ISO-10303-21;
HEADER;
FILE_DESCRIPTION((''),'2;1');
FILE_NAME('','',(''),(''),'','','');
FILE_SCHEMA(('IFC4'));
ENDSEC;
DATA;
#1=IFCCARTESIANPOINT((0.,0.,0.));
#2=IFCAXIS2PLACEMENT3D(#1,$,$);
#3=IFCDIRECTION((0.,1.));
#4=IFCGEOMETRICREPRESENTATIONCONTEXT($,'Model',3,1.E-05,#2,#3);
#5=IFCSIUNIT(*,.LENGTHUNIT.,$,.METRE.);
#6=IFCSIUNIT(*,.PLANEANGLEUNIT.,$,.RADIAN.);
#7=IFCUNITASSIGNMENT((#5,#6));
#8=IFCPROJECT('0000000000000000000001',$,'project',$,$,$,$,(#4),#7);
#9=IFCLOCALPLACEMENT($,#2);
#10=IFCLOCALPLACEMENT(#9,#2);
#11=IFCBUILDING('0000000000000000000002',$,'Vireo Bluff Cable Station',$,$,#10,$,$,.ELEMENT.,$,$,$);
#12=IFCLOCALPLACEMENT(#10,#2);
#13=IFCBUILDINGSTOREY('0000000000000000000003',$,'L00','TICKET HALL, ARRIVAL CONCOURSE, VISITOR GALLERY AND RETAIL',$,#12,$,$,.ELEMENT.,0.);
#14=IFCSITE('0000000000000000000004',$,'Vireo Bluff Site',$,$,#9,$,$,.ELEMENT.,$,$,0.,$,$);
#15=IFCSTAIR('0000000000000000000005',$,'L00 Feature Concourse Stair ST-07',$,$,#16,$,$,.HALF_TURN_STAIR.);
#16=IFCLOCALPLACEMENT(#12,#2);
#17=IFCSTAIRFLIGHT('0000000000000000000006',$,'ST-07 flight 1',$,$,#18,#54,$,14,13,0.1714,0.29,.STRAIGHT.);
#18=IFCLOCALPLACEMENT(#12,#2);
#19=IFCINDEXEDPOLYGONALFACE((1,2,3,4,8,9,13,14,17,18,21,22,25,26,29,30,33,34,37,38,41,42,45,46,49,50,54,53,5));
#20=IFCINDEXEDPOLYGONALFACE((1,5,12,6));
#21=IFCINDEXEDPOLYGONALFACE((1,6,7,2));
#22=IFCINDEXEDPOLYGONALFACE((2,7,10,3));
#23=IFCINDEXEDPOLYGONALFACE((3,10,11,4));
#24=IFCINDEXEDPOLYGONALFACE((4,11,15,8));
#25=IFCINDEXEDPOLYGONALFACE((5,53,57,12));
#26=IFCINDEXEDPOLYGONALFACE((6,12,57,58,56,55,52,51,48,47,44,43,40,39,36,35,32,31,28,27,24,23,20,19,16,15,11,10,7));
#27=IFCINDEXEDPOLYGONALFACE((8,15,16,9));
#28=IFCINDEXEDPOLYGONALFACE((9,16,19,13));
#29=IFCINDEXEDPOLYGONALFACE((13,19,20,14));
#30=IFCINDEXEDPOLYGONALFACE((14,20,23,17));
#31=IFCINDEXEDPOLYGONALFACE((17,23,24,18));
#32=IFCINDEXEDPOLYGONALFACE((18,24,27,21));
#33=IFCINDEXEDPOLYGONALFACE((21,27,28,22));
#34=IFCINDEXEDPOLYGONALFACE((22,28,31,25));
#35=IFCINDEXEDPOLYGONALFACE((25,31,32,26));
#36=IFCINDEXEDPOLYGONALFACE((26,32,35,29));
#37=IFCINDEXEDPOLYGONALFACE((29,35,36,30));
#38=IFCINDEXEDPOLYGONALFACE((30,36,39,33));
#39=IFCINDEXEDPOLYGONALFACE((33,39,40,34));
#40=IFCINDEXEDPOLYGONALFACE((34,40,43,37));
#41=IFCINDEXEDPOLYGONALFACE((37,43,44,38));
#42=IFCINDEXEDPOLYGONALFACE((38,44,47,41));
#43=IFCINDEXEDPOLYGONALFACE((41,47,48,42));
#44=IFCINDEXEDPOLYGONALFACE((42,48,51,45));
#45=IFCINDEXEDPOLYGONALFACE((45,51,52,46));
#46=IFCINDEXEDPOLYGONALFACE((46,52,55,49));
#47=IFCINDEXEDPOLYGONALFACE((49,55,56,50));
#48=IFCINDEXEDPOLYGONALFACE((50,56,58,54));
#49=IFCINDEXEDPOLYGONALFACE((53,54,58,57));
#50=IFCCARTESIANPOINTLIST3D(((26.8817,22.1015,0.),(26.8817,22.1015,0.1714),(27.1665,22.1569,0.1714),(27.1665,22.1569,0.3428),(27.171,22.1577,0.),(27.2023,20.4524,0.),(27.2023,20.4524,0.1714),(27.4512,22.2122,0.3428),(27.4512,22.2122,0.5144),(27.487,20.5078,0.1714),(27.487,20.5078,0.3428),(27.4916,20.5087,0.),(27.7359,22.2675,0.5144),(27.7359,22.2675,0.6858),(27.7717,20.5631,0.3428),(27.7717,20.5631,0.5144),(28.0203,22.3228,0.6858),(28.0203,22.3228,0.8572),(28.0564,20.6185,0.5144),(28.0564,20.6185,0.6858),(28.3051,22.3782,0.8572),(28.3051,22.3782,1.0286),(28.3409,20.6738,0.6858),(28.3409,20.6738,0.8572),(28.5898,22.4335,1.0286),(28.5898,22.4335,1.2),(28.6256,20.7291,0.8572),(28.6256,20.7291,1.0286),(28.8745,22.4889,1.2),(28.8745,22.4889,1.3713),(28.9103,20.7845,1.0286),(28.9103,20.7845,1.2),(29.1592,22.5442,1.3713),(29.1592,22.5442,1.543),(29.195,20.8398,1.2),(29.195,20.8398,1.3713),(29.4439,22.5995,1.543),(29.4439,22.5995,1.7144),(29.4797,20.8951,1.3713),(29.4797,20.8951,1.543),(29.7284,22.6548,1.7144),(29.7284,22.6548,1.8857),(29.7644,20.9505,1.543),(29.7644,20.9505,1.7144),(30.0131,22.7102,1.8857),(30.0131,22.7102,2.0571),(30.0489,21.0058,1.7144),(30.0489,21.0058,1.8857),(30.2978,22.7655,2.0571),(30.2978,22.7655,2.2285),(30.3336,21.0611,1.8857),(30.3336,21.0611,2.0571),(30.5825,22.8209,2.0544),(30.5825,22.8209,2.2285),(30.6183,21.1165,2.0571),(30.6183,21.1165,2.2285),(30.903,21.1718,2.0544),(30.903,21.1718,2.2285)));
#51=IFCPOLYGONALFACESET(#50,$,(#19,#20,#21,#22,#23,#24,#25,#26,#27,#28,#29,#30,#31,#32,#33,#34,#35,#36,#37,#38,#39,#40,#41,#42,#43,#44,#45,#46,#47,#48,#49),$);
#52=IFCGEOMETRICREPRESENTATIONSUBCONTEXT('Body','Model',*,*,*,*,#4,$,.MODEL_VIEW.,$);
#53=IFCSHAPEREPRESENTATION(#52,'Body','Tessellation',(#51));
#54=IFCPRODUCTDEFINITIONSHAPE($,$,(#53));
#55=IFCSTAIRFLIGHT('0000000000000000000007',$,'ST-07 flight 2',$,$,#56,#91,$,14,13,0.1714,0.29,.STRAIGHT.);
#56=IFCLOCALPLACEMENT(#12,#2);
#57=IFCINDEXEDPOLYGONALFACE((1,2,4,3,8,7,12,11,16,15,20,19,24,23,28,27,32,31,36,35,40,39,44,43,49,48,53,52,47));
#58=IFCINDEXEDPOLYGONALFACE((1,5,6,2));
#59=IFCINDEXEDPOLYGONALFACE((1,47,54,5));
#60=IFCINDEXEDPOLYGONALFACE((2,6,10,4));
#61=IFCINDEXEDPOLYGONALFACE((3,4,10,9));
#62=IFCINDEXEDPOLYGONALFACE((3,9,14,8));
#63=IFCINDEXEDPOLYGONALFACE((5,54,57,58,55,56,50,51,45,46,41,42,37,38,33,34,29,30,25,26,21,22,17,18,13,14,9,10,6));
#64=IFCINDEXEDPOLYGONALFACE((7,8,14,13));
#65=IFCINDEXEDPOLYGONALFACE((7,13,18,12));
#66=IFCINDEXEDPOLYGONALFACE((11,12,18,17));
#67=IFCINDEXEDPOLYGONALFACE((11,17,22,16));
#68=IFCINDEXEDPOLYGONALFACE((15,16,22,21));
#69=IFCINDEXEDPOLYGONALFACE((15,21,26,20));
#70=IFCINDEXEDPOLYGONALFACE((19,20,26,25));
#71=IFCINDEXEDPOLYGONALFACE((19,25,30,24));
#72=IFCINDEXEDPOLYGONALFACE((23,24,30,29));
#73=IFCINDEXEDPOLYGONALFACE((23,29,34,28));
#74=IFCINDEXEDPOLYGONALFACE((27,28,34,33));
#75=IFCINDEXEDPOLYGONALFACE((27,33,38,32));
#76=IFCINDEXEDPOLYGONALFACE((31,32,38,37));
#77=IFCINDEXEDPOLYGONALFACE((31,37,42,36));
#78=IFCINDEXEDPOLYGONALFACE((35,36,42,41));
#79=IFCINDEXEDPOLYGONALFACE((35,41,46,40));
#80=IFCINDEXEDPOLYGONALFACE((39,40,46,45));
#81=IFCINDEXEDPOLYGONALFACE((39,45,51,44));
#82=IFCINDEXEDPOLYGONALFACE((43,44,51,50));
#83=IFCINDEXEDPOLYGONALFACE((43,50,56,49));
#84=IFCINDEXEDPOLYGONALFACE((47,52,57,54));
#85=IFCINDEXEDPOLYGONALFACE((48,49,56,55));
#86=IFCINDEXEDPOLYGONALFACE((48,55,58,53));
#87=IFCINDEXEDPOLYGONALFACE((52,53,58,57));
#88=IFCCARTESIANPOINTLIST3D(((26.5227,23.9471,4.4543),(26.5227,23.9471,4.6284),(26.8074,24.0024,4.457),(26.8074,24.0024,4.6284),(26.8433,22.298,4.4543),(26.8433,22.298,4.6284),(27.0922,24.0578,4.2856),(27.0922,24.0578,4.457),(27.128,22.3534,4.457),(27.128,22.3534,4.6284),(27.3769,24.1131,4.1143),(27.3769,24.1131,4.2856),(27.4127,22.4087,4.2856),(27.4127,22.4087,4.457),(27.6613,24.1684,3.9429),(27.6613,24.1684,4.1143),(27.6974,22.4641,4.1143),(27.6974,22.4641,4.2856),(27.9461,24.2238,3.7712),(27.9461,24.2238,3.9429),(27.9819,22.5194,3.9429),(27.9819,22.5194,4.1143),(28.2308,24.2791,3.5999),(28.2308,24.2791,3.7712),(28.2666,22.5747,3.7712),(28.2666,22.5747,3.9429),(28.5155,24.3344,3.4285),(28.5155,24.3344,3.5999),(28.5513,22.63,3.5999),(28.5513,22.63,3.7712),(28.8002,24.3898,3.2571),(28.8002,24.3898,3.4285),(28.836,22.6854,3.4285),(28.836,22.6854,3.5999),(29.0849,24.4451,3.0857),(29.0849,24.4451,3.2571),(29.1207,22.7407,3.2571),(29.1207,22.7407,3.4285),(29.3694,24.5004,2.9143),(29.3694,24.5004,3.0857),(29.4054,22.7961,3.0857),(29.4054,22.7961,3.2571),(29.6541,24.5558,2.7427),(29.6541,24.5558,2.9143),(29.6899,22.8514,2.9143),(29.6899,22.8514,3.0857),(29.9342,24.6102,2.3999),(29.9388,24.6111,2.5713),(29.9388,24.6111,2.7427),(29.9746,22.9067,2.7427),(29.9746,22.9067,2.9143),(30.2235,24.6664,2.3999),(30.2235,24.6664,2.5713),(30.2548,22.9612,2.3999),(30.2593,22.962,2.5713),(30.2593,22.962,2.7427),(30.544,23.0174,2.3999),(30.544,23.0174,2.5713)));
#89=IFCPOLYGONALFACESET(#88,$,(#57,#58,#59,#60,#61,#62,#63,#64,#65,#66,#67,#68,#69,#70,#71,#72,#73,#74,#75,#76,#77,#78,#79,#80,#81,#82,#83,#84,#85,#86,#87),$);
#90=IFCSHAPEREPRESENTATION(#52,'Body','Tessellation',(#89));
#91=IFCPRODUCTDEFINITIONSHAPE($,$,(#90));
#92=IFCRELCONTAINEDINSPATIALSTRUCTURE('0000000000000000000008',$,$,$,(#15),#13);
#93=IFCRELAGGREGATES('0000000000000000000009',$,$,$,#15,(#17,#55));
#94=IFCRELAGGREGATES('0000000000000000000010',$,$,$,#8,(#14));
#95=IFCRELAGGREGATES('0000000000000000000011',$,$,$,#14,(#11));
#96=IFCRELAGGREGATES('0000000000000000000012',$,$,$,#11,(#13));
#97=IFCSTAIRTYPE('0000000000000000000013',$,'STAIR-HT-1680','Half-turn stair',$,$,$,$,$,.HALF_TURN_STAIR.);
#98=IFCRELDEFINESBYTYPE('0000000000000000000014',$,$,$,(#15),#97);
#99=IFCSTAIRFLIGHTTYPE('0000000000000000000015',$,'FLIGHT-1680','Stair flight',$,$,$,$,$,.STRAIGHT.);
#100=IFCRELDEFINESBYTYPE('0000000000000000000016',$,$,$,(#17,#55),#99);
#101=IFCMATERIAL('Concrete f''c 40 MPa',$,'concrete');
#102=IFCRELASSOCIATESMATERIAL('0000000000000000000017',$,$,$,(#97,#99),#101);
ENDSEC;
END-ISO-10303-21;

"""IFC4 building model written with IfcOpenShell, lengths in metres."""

from ifc_helpers import new_model, si_unit, direction, frame, origin, place, context, subcontext, project, spatial, polyline, outline, extrude, material, type_object, element, aggregate, save


model = new_model("IFC4")

# Units and contexts
model_context = context("Model", 3, precision=1e-05, world=origin(), true_north=direction((0.0, 1.0)))
body_context = subcontext(model_context, "Body", "Model", "MODEL_VIEW")
ifc_project = project(units=[si_unit("LENGTHUNIT", "METRE"), si_unit("PLANEANGLEUNIT", "RADIAN")], contexts=[model_context])

# Site, building, storey
site_placement = place(None, origin())
site = spatial("IfcSite", under=ifc_project, at=site_placement, Name="Vireo Bluff Site", CompositionType="ELEMENT", RefElevation=0.0)
building_placement = place(site_placement, origin())
building = spatial("IfcBuilding", under=site, at=building_placement, Name="Vireo Bluff Cable Station", CompositionType="ELEMENT")
storey_placement = place(building_placement, origin())
storey = spatial("IfcBuildingStorey", under=building, at=storey_placement, Name="L00", Description="TICKET HALL, ARRIVAL CONCOURSE, VISITOR GALLERY AND RETAIL", CompositionType="ELEMENT", Elevation=0.0)

# Shared definitions
ifc_material_1 = material(Name="Concrete f'c 40 MPa", Category="concrete")

# Stair, stair flights
stair_type = type_object("IfcStairType", Name="STAIR-HT-1680", Description="Half-turn stair", PredefinedType="HALF_TURN_STAIR", material=ifc_material_1)
stair_placement = place(storey_placement, origin())
stair = element("IfcStair", 1, at=stair_placement, inside=storey, type_object=stair_type, Name="L00 Feature Concourse Stair ST-07", PredefinedType="HALF_TURN_STAIR")
stair_flight_type = type_object("IfcStairFlightType", Name="FLIGHT-1680", Description="Stair flight", PredefinedType="STRAIGHT", material=ifc_material_1)
stair_flight_1_placement = place(storey_placement, frame((27.042, 21.2771, 0.0), z_axis=(0.0, 0.0, 1.0), x_axis=(0.981627, 0.190809, 0.0)))
stair_flight_1 = element("IfcStairFlight", 2, at=stair_flight_1_placement, type_object=stair_flight_type, Name="ST-07 flight 1", NumberOfRisers=14, NumberOfTreads=13, PredefinedType="STRAIGHT", RiserHeight=0.1714, TreadLength=0.29, context=body_context, shape_type="SweptSolid", body=[
    extrude(outline(polyline([(0.0, 0.0), (0.0, 0.1714), (0.29, 0.1714), (0.29, 0.3428), (0.5801, 0.3428), (0.5801, 0.5144), (0.8701, 0.5144), (0.8701, 0.6858), (1.1599, 0.6858), (1.1599, 0.8572), (1.45, 0.8572), (1.45, 1.0286), (1.74, 1.0286), (1.74, 1.2), (2.03, 1.2), (2.03, 1.3713), (2.3201, 1.3713), (2.3201, 1.543), (2.6101, 1.543), (2.6101, 1.7144), (2.8999, 1.7144), (2.8999, 1.8857), (3.1899, 1.8857), (3.1899, 2.0571), (3.48, 2.0571), (3.48, 2.2285), (3.77, 2.2285), (3.77, 2.3999), (3.77, 2.0544), (0.2947, 0.0), (0.0, 0.0)])), frame((0.0, 0.8398, 0.0), z_axis=(0.0, -1.0, 0.0), x_axis=(1.0, 0.0, 0.0)), (0.0, 0.0, 1.0), 1.6799),
])
stair_flight_2_placement = place(storey_placement, frame((30.3838, 23.8418, 2.3999), z_axis=(0.0, 0.0, 1.0), x_axis=(-0.981627, -0.190809, 0.0)))
stair_flight_2 = element("IfcStairFlight", 3, at=stair_flight_2_placement, type_object=stair_flight_type, Name="ST-07 flight 2", NumberOfRisers=14, NumberOfTreads=13, PredefinedType="STRAIGHT", RiserHeight=0.1714, TreadLength=0.29, context=body_context, shape_type="SweptSolid", body=[
    extrude(outline(polyline([(0.0, 0.0), (0.0, 0.1714), (0.29, 0.1714), (0.29, 0.3428), (0.5801, 0.3428), (0.5801, 0.5144), (0.8701, 0.5144), (0.8701, 0.6858), (1.1599, 0.6858), (1.1599, 0.8572), (1.45, 0.8572), (1.45, 1.0286), (1.74, 1.0286), (1.74, 1.2), (2.03, 1.2), (2.03, 1.3713), (2.3201, 1.3713), (2.3201, 1.543), (2.6101, 1.543), (2.6101, 1.7144), (2.8999, 1.7144), (2.8999, 1.8857), (3.1899, 1.8857), (3.1899, 2.0571), (3.48, 2.0571), (3.48, 2.2285), (3.77, 2.2285), (3.77, 2.3999), (3.77, 2.0544), (0.2947, 0.0), (0.0, 0.0)])), frame((0.0, 0.8398, 0.0), z_axis=(0.0, -1.0, 0.0), x_axis=(1.0, 0.0, 0.0)), (0.0, 0.0, 1.0), 1.6799),
])
aggregate(stair, [stair_flight_1, stair_flight_2])

save(model, "model.ifc")
